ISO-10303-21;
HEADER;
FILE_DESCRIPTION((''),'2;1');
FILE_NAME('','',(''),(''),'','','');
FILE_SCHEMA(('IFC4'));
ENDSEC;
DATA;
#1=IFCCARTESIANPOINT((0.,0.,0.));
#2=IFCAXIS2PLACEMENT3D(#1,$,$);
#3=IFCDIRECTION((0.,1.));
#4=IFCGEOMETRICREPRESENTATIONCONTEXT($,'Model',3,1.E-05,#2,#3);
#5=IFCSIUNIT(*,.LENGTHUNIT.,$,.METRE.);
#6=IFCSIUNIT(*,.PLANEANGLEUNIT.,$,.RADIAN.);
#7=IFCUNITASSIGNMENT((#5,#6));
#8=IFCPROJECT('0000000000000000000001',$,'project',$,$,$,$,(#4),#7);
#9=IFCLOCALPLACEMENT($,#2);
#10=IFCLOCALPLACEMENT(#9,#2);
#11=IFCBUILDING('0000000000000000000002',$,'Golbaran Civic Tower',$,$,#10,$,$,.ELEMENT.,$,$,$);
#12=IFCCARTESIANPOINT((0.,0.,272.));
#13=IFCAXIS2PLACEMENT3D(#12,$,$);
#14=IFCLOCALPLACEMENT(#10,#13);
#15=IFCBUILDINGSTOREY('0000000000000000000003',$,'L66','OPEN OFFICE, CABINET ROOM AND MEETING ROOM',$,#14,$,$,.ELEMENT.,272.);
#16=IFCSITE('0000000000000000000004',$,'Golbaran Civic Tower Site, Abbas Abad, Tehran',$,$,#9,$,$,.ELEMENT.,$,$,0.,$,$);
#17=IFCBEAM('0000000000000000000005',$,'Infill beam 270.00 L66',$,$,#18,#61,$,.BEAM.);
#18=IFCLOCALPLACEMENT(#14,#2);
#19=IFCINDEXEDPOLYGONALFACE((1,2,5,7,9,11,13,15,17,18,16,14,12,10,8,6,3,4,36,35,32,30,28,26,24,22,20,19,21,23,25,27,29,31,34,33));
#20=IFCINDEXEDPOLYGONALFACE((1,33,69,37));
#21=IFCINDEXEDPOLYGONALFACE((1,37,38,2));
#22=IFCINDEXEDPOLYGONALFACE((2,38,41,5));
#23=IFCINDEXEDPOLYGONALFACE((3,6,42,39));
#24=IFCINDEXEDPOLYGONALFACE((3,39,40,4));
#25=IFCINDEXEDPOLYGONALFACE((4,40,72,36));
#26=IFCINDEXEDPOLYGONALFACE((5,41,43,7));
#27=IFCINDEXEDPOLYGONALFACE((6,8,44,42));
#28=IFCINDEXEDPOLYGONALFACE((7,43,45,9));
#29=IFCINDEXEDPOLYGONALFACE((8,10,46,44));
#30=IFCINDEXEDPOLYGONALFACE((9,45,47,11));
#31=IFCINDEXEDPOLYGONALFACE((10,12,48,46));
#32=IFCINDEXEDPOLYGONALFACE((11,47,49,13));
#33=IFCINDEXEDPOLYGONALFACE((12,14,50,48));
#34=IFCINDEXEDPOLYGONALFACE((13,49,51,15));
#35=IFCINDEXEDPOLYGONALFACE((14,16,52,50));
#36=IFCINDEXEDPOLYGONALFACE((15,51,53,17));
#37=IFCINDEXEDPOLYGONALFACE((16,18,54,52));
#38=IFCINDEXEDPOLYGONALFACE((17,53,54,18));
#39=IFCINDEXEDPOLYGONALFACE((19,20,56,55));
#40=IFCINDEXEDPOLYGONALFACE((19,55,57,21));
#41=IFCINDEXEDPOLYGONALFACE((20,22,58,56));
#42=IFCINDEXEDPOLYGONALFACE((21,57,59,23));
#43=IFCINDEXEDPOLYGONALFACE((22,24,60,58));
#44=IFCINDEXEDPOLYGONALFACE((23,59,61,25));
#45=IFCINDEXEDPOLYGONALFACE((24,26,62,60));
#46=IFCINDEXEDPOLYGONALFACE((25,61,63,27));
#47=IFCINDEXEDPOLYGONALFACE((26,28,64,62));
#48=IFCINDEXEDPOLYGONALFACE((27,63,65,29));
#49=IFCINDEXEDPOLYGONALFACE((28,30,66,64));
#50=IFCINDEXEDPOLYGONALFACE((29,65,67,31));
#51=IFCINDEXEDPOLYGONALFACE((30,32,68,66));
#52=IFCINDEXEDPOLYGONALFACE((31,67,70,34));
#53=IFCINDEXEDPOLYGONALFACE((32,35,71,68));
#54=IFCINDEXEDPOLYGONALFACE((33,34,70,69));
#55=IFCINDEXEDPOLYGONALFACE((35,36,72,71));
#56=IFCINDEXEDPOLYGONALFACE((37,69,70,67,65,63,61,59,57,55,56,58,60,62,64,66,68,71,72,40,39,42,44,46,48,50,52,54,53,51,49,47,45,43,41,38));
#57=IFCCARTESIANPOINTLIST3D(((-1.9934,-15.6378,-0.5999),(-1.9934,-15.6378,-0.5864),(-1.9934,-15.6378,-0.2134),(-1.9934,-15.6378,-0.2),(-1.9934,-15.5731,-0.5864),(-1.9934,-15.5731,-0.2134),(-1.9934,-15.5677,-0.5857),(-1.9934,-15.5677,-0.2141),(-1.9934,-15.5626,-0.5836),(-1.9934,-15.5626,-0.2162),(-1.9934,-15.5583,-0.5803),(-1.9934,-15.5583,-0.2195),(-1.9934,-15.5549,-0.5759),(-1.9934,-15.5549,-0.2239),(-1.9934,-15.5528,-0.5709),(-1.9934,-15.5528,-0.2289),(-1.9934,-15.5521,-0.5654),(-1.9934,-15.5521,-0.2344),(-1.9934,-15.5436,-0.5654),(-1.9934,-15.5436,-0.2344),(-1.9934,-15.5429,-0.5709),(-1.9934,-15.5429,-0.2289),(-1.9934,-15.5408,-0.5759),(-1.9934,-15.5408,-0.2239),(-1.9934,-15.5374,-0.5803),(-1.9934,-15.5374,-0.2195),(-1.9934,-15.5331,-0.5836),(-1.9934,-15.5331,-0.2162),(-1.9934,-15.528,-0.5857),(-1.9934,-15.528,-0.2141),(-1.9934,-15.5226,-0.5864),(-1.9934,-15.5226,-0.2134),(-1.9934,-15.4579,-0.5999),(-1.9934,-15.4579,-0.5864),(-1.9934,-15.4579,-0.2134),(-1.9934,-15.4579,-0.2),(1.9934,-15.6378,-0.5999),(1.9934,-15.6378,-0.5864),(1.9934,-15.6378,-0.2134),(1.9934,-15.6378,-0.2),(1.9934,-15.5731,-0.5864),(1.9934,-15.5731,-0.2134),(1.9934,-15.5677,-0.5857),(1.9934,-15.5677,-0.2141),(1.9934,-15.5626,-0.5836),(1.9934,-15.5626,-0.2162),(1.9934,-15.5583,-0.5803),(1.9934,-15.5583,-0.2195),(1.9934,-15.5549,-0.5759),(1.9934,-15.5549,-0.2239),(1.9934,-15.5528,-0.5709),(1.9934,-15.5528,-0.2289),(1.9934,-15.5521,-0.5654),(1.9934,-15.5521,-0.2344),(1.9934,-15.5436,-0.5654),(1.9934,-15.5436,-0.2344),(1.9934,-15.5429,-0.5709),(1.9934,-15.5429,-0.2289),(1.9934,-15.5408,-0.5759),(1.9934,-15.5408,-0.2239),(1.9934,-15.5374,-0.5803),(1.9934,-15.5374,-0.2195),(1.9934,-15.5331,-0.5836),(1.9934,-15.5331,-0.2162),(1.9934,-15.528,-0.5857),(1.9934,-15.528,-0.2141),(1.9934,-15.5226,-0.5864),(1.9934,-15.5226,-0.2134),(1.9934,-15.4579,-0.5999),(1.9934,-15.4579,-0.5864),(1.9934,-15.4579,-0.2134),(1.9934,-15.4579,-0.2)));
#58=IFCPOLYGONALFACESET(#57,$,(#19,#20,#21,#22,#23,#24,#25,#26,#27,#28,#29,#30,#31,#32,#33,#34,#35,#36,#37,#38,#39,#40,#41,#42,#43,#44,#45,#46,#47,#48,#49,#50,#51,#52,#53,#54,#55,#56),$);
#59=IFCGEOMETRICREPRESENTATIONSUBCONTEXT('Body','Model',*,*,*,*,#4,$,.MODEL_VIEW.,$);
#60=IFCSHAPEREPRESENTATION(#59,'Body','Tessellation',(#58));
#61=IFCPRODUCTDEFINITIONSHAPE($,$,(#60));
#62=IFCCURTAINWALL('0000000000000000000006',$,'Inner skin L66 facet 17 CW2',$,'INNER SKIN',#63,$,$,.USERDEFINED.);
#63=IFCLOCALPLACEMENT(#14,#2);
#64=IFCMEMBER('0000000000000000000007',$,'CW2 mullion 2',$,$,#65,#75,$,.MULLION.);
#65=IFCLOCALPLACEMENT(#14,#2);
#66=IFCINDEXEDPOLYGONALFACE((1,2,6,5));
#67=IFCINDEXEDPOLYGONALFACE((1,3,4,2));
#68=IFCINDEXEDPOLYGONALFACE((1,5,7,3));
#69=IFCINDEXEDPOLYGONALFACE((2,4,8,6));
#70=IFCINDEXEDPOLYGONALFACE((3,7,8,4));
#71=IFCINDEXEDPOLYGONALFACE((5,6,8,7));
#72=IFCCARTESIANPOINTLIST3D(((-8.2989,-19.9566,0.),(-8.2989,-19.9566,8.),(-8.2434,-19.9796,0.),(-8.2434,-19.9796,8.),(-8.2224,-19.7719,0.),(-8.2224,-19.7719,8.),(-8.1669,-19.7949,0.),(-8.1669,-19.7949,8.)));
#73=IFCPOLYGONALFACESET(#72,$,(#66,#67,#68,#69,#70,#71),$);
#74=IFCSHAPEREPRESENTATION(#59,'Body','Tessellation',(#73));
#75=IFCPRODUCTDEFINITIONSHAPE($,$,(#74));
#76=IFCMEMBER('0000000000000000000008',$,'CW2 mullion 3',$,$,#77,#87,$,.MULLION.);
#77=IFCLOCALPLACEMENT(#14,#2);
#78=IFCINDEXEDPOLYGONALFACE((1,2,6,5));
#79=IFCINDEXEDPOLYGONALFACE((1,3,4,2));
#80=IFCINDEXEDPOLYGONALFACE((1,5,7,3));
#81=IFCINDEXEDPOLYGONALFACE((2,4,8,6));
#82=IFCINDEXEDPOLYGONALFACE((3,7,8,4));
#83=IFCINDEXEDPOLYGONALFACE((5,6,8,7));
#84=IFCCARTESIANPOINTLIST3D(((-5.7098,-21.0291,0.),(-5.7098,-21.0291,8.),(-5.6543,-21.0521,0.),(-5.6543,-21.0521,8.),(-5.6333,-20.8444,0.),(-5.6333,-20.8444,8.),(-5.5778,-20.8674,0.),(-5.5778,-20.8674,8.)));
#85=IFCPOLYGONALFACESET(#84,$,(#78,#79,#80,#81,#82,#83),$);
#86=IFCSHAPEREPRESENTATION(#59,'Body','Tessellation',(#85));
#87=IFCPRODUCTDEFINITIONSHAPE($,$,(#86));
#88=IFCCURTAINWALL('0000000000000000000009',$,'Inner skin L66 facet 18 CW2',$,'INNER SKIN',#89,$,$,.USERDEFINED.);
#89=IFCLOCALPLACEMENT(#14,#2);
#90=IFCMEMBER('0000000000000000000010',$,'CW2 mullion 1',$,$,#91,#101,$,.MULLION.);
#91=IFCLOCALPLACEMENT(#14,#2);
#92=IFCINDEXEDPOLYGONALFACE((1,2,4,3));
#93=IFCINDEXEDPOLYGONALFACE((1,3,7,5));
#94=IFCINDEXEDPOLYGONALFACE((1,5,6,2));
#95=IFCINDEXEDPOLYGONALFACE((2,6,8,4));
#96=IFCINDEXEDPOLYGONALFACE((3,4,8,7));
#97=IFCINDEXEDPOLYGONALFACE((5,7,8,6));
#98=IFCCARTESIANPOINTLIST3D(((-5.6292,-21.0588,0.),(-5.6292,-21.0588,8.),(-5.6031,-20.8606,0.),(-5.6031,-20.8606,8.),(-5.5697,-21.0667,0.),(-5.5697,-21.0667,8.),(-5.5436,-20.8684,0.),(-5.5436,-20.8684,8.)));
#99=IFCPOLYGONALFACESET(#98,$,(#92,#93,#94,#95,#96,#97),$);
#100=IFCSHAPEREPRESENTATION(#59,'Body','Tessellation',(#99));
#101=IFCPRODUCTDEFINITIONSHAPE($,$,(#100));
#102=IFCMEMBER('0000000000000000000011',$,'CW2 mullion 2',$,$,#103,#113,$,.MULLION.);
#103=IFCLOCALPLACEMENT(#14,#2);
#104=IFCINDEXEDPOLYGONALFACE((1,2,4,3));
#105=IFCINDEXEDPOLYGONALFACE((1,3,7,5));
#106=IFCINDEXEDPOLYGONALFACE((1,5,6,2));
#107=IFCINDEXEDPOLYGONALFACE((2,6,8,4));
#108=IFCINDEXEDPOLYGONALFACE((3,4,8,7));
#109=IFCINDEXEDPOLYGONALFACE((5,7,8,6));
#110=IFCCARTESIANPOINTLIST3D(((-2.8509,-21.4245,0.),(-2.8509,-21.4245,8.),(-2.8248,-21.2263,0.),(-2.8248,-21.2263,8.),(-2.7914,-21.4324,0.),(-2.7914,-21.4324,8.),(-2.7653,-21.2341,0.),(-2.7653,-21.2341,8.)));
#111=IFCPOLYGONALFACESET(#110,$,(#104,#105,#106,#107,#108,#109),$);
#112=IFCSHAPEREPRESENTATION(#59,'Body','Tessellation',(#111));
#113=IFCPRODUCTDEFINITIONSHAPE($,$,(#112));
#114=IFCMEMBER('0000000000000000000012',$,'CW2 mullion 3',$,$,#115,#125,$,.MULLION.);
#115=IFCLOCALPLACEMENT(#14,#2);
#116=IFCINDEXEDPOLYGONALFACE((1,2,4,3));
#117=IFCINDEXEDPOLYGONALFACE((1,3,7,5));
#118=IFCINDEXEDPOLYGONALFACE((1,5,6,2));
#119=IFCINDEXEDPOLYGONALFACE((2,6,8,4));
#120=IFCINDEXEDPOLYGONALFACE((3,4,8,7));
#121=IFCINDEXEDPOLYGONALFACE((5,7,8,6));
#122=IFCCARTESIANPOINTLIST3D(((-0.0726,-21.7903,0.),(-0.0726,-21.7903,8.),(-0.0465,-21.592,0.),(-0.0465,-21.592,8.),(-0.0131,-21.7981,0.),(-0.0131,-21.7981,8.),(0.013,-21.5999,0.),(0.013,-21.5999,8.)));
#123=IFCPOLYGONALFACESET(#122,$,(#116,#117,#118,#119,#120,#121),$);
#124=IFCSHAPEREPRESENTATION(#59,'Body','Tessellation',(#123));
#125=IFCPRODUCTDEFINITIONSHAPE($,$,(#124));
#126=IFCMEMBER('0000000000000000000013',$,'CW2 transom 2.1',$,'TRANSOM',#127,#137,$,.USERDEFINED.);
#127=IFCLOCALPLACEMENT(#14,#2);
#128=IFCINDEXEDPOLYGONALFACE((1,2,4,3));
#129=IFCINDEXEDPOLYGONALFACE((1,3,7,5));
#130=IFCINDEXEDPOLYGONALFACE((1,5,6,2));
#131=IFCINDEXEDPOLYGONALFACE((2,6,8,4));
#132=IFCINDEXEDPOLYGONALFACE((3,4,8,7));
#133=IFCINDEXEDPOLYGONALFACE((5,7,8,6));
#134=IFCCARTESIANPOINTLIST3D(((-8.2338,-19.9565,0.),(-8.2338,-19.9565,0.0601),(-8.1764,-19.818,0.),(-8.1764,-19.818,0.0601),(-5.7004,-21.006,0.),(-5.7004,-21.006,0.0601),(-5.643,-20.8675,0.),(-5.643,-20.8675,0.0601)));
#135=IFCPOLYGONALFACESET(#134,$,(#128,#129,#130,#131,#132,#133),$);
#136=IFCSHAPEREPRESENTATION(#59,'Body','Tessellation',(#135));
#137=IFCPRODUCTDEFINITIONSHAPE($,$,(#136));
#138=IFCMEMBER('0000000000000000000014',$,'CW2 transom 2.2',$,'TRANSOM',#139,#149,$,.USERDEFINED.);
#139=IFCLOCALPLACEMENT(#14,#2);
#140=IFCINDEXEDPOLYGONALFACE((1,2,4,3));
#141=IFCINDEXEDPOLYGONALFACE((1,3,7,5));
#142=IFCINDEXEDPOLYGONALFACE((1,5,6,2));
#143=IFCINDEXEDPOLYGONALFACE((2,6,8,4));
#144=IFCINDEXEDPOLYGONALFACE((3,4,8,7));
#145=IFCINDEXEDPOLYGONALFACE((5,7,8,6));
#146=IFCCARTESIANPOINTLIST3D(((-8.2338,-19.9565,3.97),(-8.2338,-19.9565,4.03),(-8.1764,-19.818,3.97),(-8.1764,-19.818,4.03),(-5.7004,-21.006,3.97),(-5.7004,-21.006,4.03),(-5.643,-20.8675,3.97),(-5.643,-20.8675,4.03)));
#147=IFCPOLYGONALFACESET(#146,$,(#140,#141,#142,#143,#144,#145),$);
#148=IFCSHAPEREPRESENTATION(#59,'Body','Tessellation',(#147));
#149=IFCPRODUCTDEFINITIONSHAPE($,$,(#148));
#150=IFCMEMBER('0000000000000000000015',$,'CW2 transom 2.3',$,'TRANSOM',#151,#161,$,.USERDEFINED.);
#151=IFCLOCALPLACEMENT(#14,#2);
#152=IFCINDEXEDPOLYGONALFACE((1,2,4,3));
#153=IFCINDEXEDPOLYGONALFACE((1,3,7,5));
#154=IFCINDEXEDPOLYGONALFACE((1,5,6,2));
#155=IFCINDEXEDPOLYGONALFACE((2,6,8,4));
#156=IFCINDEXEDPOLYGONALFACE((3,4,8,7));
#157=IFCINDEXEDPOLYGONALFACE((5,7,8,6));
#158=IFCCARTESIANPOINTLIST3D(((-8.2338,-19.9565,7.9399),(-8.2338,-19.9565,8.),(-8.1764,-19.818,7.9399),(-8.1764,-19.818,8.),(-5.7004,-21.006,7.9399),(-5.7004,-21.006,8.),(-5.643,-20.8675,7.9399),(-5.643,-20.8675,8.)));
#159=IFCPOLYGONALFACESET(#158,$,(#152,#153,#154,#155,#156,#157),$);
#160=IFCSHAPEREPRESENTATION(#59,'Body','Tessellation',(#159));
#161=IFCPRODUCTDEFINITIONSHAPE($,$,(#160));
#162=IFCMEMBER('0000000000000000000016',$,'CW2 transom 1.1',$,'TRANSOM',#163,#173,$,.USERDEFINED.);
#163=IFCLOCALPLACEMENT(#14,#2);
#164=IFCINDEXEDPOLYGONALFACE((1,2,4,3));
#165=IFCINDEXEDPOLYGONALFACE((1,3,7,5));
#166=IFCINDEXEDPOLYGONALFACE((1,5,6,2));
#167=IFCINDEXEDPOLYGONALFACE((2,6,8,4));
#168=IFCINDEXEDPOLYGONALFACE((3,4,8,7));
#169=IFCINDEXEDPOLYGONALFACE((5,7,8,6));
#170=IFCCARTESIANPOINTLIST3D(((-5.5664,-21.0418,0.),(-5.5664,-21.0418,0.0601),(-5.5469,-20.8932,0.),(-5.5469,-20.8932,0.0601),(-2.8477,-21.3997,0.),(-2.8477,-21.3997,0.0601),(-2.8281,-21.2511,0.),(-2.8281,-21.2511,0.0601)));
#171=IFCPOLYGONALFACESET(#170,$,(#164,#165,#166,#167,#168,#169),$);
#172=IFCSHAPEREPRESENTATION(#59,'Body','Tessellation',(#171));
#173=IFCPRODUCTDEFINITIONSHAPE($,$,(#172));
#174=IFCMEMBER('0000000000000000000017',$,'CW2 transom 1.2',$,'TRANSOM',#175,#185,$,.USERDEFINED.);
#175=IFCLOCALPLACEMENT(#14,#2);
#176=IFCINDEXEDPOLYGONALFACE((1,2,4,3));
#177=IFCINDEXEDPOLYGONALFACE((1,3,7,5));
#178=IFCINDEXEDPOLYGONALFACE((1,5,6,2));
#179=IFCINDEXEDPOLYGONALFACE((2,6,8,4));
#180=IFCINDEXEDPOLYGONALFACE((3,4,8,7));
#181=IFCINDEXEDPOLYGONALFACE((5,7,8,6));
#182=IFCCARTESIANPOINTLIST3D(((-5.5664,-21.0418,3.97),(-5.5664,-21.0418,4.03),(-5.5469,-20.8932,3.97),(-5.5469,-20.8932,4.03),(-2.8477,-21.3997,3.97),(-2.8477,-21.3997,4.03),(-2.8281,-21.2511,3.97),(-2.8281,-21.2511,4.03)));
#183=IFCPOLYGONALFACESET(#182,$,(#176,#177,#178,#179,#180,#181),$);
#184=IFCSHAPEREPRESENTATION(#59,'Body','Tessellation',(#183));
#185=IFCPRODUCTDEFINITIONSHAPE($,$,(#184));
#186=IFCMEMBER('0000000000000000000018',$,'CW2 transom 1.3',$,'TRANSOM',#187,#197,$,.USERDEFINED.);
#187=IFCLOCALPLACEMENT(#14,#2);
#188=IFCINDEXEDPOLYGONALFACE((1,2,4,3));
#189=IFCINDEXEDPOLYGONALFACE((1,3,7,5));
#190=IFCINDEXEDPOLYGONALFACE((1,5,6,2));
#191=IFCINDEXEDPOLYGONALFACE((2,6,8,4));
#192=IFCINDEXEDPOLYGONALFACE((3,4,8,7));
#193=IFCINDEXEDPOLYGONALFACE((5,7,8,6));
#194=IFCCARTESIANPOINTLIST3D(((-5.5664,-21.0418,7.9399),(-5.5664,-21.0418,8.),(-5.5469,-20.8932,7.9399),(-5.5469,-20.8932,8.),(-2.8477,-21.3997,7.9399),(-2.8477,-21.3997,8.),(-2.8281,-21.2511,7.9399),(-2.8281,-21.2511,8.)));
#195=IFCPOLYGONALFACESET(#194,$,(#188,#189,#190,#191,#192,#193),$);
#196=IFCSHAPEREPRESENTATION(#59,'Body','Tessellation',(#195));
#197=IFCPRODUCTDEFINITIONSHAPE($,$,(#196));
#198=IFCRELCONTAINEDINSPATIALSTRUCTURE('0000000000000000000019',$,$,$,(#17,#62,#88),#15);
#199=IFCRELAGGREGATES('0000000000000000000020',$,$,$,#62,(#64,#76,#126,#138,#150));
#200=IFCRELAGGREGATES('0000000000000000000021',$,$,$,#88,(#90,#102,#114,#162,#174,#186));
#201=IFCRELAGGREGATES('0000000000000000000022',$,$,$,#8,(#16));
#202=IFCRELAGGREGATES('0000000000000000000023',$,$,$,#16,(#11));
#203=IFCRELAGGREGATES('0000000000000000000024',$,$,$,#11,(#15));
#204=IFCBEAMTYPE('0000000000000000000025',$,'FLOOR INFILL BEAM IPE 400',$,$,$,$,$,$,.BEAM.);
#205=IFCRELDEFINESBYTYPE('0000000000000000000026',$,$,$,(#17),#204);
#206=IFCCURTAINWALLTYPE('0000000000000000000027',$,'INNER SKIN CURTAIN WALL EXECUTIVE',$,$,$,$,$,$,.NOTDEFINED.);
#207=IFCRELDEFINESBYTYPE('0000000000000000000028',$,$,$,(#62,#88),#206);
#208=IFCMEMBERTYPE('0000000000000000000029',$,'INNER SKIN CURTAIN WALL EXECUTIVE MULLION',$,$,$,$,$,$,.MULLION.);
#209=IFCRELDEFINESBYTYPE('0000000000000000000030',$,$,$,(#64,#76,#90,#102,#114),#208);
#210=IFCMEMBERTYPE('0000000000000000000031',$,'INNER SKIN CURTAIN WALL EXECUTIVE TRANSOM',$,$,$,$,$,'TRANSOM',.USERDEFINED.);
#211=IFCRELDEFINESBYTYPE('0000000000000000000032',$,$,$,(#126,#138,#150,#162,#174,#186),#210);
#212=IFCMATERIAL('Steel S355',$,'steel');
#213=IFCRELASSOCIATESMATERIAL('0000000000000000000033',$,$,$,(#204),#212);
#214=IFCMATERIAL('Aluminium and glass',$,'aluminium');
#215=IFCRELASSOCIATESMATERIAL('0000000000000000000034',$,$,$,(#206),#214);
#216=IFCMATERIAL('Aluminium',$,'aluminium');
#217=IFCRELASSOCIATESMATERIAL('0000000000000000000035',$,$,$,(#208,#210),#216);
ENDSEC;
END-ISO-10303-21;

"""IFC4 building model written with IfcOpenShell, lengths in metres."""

from ifc_helpers import new_model, si_unit, direction, frame, origin, origin_2d, place, context, subcontext, project, spatial, rectangle, i_section, extrude, material, material_profile, profile_set, type_object, element, aggregate, save


model = new_model("IFC4")

# Units and contexts
model_context = context("Model", 3, precision=1e-05, world=origin(), true_north=direction((0.0, 1.0)))
body_context = subcontext(model_context, "Body", "Model", "MODEL_VIEW")
ifc_project = project(units=[si_unit("LENGTHUNIT", "METRE"), si_unit("PLANEANGLEUNIT", "RADIAN")], contexts=[model_context])

# Site, building, storey
site_placement = place(None, origin())
site = spatial("IfcSite", under=ifc_project, at=site_placement, Name="Golbaran Civic Tower Site, Abbas Abad, Tehran", CompositionType="ELEMENT", RefElevation=0.0)
building_placement = place(site_placement, origin())
building = spatial("IfcBuilding", under=site, at=building_placement, Name="Golbaran Civic Tower", CompositionType="ELEMENT")
storey_placement = place(building_placement, frame((0.0, 0.0, 272.0)))
storey = spatial("IfcBuildingStorey", under=building, at=storey_placement, Name="L66", Description="OPEN OFFICE, CABINET ROOM AND MEETING ROOM", CompositionType="ELEMENT", Elevation=272.0)

# Beam
ifc_material_1 = material(Name="Steel S355", Category="steel")
ifc_material_profile_1 = material_profile(ifc_material_1, i_section(OverallWidth=0.1799, OverallDepth=0.3999, WebThickness=0.0085, FlangeThickness=0.0134, FilletRadius=0.021, at=origin_2d()), Name="IPE 400")
ifc_profile_set_1 = profile_set([ifc_material_profile_1], Name="Steel S355")
beam_type_1 = type_object("IfcBeamType", Name="FLOOR INFILL BEAM IPE 400", PredefinedType="BEAM", material=ifc_profile_set_1)
beam_1_placement = place(storey_placement, frame((-1.9934, -15.5479, -0.3999), z_axis=(1.0, 0.0, 0.0), x_axis=(0.0, 1.0, 0.0)))
element("IfcBeam", 1, at=beam_1_placement, inside=storey, type_object=beam_type_1, Name="Infill beam 270.00 L66", PredefinedType="BEAM", context=body_context, shape_type="SweptSolid", body=[
    extrude(i_section(OverallWidth=0.1799, OverallDepth=0.3999, WebThickness=0.0085, FlangeThickness=0.0134, FilletRadius=0.021, at=origin_2d()), origin(), (0.0, 0.0, 1.0), 3.9868),
])

# Curtain walls, members
ifc_material_2 = material(Name="Aluminium and glass", Category="aluminium")
curtain_wall_type = type_object("IfcCurtainWallType", Name="INNER SKIN CURTAIN WALL EXECUTIVE", PredefinedType="NOTDEFINED", material=ifc_material_2)
curtain_wall_1_placement = place(storey_placement, origin())
curtain_wall_1 = element("IfcCurtainWall", 2, at=curtain_wall_1_placement, inside=storey, type_object=curtain_wall_type, Name="Inner skin L66 facet 17 CW2", ObjectType="INNER SKIN", PredefinedType="USERDEFINED")
ifc_material_3 = material(Name="Aluminium", Category="aluminium")
ifc_material_profile_2 = material_profile(ifc_material_3, rectangle(XDim=0.2, YDim=0.0601, at=origin_2d()), Name="INNER SKIN CURTAIN WALL EXECUTIVE MULLION")
ifc_profile_set_2 = profile_set([ifc_material_profile_2], Name="Aluminium")
member_type_1 = type_object("IfcMemberType", Name="INNER SKIN CURTAIN WALL EXECUTIVE MULLION", PredefinedType="MULLION", material=ifc_profile_set_2)
member_1_placement = place(storey_placement, frame((-8.2329, -19.8757, 0.0), z_axis=(0.0, 0.0, 1.0), x_axis=(0.382683, 0.92388, 0.0)))
member_1 = element("IfcMember", 3, at=member_1_placement, type_object=member_type_1, Name="CW2 mullion 2", PredefinedType="MULLION", context=body_context, shape_type="SweptSolid", body=[
    extrude(rectangle(XDim=0.2, YDim=0.0601, at=origin_2d()), origin(), (0.0, 0.0, 1.0), 8.0),
])
member_2_placement = place(storey_placement, frame((-5.6438, -20.9482, 0.0), z_axis=(0.0, 0.0, 1.0), x_axis=(0.382683, 0.92388, 0.0)))
member_2 = element("IfcMember", 4, at=member_2_placement, type_object=member_type_1, Name="CW2 mullion 3", PredefinedType="MULLION", context=body_context, shape_type="SweptSolid", body=[
    extrude(rectangle(XDim=0.2, YDim=0.0601, at=origin_2d()), origin(), (0.0, 0.0, 1.0), 8.0),
])
curtain_wall_2_placement = place(storey_placement, origin())
curtain_wall_2 = element("IfcCurtainWall", 5, at=curtain_wall_2_placement, inside=storey, type_object=curtain_wall_type, Name="Inner skin L66 facet 18 CW2", ObjectType="INNER SKIN", PredefinedType="USERDEFINED")
member_3_placement = place(storey_placement, frame((-5.5864, -20.9636, 0.0), z_axis=(0.0, 0.0, 1.0), x_axis=(0.130526, 0.991445, 0.0)))
member_3 = element("IfcMember", 6, at=member_3_placement, type_object=member_type_1, Name="CW2 mullion 1", PredefinedType="MULLION", context=body_context, shape_type="SweptSolid", body=[
    extrude(rectangle(XDim=0.2, YDim=0.0601, at=origin_2d()), origin(), (0.0, 0.0, 1.0), 8.0),
])
member_4_placement = place(storey_placement, frame((-2.8081, -21.3293, 0.0), z_axis=(0.0, 0.0, 1.0), x_axis=(0.130526, 0.991445, 0.0)))
member_4 = element("IfcMember", 7, at=member_4_placement, type_object=member_type_1, Name="CW2 mullion 2", PredefinedType="MULLION", context=body_context, shape_type="SweptSolid", body=[
    extrude(rectangle(XDim=0.2, YDim=0.0601, at=origin_2d()), origin(), (0.0, 0.0, 1.0), 8.0),
])
member_5_placement = place(storey_placement, frame((-0.0298, -21.6951, 0.0), z_axis=(0.0, 0.0, 1.0), x_axis=(0.130526, 0.991445, 0.0)))
member_5 = element("IfcMember", 8, at=member_5_placement, type_object=member_type_1, Name="CW2 mullion 3", PredefinedType="MULLION", context=body_context, shape_type="SweptSolid", body=[
    extrude(rectangle(XDim=0.2, YDim=0.0601, at=origin_2d()), origin(), (0.0, 0.0, 1.0), 8.0),
])

# Members
ifc_material_profile_3 = material_profile(ifc_material_3, rectangle(XDim=0.1499, YDim=0.0601, at=origin_2d()), Name="INNER SKIN CURTAIN WALL EXECUTIVE TRANSOM")
ifc_profile_set_3 = profile_set([ifc_material_profile_3], Name="Aluminium")
member_type_2 = type_object("IfcMemberType", Name="INNER SKIN CURTAIN WALL EXECUTIVE TRANSOM", ElementType="TRANSOM", PredefinedType="USERDEFINED", material=ifc_profile_set_3)
member_6_placement = place(storey_placement, frame((-8.2051, -19.8872, 0.03), z_axis=(0.923857, -0.382737, 0.0), x_axis=(0.382737, 0.923857, 0.0)))
member_6 = element("IfcMember", 9, at=member_6_placement, type_object=member_type_2, Name="CW2 transom 2.1", ObjectType="TRANSOM", PredefinedType="USERDEFINED", context=body_context, shape_type="SweptSolid", body=[
    extrude(rectangle(XDim=0.1499, YDim=0.0601, at=origin_2d()), origin(), (0.0, 0.0, 1.0), 2.7422),
])
member_7_placement = place(storey_placement, frame((-8.2051, -19.8872, 4.0), z_axis=(0.923857, -0.382737, 0.0), x_axis=(0.382737, 0.923857, 0.0)))
member_7 = element("IfcMember", 10, at=member_7_placement, type_object=member_type_2, Name="CW2 transom 2.2", ObjectType="TRANSOM", PredefinedType="USERDEFINED", context=body_context, shape_type="SweptSolid", body=[
    extrude(rectangle(XDim=0.1499, YDim=0.0601, at=origin_2d()), origin(), (0.0, 0.0, 1.0), 2.7422),
])
member_8_placement = place(storey_placement, frame((-8.2051, -19.8872, 7.97), z_axis=(0.923857, -0.382737, 0.0), x_axis=(0.382737, 0.923857, 0.0)))
member_8 = element("IfcMember", 11, at=member_8_placement, type_object=member_type_2, Name="CW2 transom 2.3", ObjectType="TRANSOM", PredefinedType="USERDEFINED", context=body_context, shape_type="SweptSolid", body=[
    extrude(rectangle(XDim=0.1499, YDim=0.0601, at=origin_2d()), origin(), (0.0, 0.0, 1.0), 2.7422),
])
member_9_placement = place(storey_placement, frame((-5.5566, -20.9675, 0.03), z_axis=(0.991446, -0.130519, 0.0), x_axis=(0.130519, 0.991446, 0.0)))
member_9 = element("IfcMember", 12, at=member_9_placement, type_object=member_type_2, Name="CW2 transom 1.1", ObjectType="TRANSOM", PredefinedType="USERDEFINED", context=body_context, shape_type="SweptSolid", body=[
    extrude(rectangle(XDim=0.1499, YDim=0.0601, at=origin_2d()), origin(), (0.0, 0.0, 1.0), 2.7422),
])
member_10_placement = place(storey_placement, frame((-5.5566, -20.9675, 4.0), z_axis=(0.991446, -0.130519, 0.0), x_axis=(0.130519, 0.991446, 0.0)))
member_10 = element("IfcMember", 13, at=member_10_placement, type_object=member_type_2, Name="CW2 transom 1.2", ObjectType="TRANSOM", PredefinedType="USERDEFINED", context=body_context, shape_type="SweptSolid", body=[
    extrude(rectangle(XDim=0.1499, YDim=0.0601, at=origin_2d()), origin(), (0.0, 0.0, 1.0), 2.7422),
])
member_11_placement = place(storey_placement, frame((-5.5566, -20.9675, 7.97), z_axis=(0.991446, -0.130519, 0.0), x_axis=(0.130519, 0.991446, 0.0)))
member_11 = element("IfcMember", 14, at=member_11_placement, type_object=member_type_2, Name="CW2 transom 1.3", ObjectType="TRANSOM", PredefinedType="USERDEFINED", context=body_context, shape_type="SweptSolid", body=[
    extrude(rectangle(XDim=0.1499, YDim=0.0601, at=origin_2d()), origin(), (0.0, 0.0, 1.0), 2.7422),
])

aggregate(curtain_wall_1, [member_1, member_2, member_6, member_7, member_8])
aggregate(curtain_wall_2, [member_3, member_4, member_5, member_9, member_10, member_11])

save(model, "model.ifc")
